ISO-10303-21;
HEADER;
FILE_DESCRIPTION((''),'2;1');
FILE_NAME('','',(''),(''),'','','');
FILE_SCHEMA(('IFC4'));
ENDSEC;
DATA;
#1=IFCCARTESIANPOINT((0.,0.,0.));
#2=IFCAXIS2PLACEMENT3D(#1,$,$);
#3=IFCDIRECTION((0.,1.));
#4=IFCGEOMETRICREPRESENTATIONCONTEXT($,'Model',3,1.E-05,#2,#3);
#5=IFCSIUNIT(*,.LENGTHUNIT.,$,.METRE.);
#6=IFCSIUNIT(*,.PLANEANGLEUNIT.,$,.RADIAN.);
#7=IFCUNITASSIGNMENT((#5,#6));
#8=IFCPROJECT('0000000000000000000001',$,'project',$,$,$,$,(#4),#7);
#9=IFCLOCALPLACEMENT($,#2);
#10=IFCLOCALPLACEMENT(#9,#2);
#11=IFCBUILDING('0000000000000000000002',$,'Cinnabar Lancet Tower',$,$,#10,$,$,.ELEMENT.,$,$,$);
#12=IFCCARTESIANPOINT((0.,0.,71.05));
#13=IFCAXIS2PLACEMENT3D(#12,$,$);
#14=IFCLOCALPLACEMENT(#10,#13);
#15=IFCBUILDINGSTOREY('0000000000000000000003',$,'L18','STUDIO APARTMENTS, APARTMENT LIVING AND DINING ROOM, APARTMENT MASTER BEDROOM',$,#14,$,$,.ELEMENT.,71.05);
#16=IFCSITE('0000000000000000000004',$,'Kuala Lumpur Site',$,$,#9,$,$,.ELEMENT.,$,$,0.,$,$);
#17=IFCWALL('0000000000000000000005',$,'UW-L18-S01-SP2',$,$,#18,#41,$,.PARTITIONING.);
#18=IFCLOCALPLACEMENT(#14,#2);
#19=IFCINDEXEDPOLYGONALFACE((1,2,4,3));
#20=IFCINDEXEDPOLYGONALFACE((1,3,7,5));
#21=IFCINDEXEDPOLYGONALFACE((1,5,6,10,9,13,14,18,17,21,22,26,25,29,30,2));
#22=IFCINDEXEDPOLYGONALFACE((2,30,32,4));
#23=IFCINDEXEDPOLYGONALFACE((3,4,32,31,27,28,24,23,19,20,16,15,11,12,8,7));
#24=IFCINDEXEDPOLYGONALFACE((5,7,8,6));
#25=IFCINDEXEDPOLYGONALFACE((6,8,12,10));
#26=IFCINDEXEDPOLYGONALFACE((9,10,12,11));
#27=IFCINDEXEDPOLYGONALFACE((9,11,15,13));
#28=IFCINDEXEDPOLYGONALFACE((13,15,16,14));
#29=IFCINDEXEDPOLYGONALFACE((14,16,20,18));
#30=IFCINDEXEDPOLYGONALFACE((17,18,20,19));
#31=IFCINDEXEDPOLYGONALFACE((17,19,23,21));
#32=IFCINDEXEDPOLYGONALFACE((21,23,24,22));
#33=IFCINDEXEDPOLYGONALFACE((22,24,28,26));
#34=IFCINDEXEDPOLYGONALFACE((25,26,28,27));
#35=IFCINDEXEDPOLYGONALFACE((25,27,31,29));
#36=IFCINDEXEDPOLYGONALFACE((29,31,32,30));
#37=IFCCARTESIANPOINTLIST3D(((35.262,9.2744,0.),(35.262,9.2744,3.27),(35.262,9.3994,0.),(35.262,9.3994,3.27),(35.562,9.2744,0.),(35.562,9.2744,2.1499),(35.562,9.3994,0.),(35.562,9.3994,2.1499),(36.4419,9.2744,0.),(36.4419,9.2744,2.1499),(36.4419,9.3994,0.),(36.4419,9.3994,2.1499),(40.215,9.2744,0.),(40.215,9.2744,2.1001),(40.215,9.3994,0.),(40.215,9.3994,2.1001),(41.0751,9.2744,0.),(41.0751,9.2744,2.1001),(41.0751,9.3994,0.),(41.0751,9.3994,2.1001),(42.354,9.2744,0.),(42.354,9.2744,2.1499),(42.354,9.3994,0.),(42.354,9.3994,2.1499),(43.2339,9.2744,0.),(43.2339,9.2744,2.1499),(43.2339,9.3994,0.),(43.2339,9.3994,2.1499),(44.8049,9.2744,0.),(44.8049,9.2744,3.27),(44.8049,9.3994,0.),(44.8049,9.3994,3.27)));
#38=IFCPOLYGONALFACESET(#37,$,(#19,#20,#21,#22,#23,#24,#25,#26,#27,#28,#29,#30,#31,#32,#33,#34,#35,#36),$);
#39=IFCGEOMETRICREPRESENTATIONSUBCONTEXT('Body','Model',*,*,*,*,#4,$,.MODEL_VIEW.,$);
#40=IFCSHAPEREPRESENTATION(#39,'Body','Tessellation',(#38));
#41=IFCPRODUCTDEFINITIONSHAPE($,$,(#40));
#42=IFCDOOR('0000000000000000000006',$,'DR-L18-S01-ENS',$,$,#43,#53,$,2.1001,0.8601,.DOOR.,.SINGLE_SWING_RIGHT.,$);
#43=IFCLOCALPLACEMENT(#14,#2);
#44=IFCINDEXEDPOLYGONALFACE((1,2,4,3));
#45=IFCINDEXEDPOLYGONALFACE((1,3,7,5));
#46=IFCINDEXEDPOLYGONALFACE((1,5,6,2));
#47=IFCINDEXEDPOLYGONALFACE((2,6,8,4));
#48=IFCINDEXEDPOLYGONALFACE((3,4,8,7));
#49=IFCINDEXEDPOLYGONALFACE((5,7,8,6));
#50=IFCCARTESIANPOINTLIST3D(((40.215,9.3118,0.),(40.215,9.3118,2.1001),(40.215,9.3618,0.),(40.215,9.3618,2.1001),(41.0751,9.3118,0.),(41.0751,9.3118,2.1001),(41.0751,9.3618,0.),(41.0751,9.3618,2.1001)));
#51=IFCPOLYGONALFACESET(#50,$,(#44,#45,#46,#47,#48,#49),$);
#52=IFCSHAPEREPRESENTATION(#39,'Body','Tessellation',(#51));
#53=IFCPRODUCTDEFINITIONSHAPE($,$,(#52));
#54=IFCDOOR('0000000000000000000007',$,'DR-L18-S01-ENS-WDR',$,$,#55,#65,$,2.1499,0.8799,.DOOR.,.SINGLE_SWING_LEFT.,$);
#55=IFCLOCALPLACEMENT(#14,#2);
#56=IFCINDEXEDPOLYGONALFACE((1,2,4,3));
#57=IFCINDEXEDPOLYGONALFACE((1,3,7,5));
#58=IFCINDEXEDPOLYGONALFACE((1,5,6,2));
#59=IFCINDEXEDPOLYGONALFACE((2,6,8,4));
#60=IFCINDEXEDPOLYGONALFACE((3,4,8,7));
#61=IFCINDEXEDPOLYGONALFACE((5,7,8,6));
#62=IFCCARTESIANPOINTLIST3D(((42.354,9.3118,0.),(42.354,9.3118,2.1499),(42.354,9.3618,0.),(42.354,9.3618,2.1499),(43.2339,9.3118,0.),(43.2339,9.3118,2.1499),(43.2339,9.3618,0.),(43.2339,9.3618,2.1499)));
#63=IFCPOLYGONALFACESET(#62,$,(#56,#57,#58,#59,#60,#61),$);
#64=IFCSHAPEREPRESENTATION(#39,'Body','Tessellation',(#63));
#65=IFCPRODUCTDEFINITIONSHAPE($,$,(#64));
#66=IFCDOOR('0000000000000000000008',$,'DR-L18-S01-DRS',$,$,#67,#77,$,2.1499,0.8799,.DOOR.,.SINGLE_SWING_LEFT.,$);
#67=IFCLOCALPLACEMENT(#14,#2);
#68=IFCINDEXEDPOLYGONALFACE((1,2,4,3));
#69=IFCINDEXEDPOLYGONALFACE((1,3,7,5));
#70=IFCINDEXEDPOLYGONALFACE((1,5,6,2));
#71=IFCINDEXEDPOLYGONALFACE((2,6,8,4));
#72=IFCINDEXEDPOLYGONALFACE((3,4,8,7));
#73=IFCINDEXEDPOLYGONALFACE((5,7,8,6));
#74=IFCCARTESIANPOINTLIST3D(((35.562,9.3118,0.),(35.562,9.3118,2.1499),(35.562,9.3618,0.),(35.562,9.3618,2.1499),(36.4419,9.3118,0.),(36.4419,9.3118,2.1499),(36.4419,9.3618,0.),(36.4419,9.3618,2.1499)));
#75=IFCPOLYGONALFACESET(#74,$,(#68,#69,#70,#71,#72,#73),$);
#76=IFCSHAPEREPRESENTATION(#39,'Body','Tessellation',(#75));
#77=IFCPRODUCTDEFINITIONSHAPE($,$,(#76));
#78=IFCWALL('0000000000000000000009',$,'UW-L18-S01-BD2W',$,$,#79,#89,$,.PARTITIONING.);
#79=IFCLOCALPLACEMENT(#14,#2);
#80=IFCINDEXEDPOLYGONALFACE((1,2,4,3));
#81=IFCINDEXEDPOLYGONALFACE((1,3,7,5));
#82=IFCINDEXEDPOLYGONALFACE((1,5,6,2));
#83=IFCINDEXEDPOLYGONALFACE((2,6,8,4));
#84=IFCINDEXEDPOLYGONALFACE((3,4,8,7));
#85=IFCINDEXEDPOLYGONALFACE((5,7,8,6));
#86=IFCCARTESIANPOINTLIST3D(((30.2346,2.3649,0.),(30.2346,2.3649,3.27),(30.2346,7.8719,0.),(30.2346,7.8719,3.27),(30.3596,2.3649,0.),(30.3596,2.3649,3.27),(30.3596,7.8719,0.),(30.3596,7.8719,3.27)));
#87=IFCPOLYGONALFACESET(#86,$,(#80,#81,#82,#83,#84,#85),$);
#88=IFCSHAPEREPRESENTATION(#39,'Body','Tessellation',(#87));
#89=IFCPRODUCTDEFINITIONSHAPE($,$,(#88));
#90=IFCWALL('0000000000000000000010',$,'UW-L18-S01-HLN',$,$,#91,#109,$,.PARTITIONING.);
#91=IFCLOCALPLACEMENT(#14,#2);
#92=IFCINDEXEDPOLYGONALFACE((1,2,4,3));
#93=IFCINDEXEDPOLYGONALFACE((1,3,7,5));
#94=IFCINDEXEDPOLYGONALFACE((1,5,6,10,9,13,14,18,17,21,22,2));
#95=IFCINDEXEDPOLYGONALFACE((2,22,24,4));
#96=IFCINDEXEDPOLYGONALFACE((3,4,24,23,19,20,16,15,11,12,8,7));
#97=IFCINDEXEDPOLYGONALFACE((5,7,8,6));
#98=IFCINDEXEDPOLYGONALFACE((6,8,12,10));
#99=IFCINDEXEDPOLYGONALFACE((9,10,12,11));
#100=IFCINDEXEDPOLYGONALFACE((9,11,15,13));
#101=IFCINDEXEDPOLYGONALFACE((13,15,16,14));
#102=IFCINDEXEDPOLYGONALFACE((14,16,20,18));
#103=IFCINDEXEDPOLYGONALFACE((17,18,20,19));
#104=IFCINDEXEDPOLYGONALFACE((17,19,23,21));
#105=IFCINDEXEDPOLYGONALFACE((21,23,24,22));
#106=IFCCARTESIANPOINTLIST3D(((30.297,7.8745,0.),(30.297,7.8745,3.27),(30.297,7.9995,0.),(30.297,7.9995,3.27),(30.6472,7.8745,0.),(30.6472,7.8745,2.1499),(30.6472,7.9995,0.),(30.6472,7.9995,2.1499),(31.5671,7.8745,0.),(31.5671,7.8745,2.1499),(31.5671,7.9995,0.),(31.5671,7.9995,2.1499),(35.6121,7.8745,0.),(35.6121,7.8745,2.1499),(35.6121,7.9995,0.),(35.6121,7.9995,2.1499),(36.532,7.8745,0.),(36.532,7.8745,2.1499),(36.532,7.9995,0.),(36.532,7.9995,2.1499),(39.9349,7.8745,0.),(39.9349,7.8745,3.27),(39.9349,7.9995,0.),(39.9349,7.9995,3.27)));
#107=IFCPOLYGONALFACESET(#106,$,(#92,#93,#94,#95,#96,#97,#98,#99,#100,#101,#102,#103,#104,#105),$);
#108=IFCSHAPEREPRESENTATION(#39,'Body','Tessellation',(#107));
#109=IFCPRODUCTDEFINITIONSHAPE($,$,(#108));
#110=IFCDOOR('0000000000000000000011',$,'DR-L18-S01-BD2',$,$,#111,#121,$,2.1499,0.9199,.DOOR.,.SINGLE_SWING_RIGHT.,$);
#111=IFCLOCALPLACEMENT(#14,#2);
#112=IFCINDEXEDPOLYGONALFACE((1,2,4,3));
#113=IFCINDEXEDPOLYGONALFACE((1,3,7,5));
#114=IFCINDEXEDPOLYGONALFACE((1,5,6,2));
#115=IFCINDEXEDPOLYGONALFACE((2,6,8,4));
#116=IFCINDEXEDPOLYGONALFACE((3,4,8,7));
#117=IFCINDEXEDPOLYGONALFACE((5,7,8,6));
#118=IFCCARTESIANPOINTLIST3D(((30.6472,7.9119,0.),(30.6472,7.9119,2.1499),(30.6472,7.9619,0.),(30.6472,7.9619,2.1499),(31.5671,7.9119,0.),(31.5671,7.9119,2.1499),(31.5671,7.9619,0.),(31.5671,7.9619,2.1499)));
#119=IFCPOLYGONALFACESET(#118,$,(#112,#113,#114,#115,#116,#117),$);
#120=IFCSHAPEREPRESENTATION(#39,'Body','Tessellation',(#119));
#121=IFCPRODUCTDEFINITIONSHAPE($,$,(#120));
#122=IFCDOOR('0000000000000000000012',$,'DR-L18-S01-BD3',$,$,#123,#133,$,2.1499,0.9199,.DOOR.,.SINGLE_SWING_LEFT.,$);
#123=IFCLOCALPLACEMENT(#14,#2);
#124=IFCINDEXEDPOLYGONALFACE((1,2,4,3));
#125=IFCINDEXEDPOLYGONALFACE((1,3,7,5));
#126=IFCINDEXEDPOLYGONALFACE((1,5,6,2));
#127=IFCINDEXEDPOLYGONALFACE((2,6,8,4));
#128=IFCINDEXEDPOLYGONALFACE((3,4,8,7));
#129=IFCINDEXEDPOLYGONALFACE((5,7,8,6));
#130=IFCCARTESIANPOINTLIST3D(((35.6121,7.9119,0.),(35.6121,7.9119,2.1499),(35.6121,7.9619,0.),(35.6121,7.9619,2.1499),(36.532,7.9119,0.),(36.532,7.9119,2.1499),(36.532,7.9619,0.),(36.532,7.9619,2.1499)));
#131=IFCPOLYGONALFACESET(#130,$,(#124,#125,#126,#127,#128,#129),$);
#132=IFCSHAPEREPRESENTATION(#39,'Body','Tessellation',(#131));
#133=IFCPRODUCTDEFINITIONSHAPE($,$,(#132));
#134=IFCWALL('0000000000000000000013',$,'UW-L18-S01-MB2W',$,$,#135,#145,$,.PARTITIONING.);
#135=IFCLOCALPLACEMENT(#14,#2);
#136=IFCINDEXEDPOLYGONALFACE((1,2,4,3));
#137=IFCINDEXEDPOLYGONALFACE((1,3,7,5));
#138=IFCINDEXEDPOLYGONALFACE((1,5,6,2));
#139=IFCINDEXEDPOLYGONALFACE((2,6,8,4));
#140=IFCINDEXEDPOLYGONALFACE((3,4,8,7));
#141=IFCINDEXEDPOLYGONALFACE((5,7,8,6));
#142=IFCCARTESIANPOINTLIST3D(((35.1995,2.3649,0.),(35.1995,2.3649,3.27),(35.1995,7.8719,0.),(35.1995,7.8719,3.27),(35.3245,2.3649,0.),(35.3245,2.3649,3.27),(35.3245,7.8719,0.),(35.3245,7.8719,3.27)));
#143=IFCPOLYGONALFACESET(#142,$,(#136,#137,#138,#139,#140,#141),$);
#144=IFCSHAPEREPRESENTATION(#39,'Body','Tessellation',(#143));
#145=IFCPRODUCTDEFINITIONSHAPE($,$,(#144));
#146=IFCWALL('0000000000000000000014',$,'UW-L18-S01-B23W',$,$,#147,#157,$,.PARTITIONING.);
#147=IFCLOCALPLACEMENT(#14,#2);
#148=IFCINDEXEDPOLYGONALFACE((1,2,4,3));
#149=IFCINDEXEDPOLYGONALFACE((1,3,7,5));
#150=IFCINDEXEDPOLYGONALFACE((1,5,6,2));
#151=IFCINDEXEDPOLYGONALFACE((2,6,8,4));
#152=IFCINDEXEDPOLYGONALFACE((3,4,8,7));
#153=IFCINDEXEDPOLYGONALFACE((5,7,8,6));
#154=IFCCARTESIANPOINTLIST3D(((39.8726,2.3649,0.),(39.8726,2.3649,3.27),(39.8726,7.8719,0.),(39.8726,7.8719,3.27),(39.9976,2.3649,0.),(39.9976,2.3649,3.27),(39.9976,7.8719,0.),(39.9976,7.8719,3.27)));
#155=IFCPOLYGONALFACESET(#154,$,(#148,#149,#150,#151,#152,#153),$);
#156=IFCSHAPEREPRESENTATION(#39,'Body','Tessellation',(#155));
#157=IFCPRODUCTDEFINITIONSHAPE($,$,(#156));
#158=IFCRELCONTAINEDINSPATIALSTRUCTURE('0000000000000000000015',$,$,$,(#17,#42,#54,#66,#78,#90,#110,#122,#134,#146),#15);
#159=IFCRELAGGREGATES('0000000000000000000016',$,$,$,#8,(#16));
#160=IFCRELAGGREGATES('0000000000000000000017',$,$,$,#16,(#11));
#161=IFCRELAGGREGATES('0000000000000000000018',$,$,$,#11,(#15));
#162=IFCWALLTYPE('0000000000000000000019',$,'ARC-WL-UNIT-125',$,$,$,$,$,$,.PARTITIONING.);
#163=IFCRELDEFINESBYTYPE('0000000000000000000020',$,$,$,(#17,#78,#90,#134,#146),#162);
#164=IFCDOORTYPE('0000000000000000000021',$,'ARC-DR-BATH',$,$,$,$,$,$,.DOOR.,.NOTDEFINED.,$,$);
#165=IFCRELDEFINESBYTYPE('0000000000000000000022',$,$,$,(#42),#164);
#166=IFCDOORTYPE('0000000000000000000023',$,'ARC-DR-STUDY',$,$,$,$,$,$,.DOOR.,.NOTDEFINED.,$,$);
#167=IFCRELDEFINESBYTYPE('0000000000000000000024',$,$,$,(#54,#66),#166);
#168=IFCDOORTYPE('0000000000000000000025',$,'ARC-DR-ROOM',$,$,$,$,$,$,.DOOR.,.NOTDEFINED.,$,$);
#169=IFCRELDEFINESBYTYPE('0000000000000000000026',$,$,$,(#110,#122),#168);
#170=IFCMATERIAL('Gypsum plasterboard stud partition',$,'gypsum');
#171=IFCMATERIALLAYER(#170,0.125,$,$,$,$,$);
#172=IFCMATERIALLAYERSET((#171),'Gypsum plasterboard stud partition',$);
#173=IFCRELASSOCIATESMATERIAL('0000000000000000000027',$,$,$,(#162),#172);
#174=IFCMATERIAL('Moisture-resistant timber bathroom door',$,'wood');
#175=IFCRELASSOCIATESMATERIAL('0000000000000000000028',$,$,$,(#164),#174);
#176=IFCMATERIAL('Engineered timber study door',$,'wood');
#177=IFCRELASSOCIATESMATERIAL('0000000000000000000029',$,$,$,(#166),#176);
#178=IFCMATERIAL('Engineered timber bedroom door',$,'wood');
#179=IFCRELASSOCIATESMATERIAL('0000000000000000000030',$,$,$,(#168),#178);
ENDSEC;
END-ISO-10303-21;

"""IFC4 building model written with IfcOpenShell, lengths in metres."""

from ifc_helpers import new_model, si_unit, direction, frame, frame_2d, origin, place, context, subcontext, project, spatial, rectangle, extrude, material, layer, layer_set, type_object, element, fill, save


model = new_model("IFC4")

# Units and contexts
model_context = context("Model", 3, precision=1e-05, world=origin(), true_north=direction((0.0, 1.0)))
body_context = subcontext(model_context, "Body", "Model", "MODEL_VIEW")
ifc_project = project(units=[si_unit("LENGTHUNIT", "METRE"), si_unit("PLANEANGLEUNIT", "RADIAN")], contexts=[model_context])

# Site, building, storey
site_placement = place(None, origin())
site = spatial("IfcSite", under=ifc_project, at=site_placement, Name="Kuala Lumpur Site", CompositionType="ELEMENT", RefElevation=0.0)
building_placement = place(site_placement, origin())
building = spatial("IfcBuilding", under=site, at=building_placement, Name="Cinnabar Lancet Tower", CompositionType="ELEMENT")
storey_placement = place(building_placement, frame((0.0, 0.0, 71.05)))
storey = spatial("IfcBuildingStorey", under=building, at=storey_placement, Name="L18", Description="STUDIO APARTMENTS, APARTMENT LIVING AND DINING ROOM, APARTMENT MASTER BEDROOM", CompositionType="ELEMENT", Elevation=71.05)

# Wall, openings, doors
ifc_material_1 = material(Name="Gypsum plasterboard stud partition", Category="gypsum")
ifc_layer_1 = layer(ifc_material_1, 0.125)
ifc_layer_set_1 = layer_set([ifc_layer_1], Name="Gypsum plasterboard stud partition")
wall_type_1 = type_object("IfcWallType", Name="ARC-WL-UNIT-125", PredefinedType="PARTITIONING", material=ifc_layer_set_1)
wall_1_placement = place(storey_placement, frame((35.262, 9.3369, 0.0), z_axis=(0.0, 0.0, 1.0), x_axis=(1.0, 0.0, 0.0)))
wall_1 = element("IfcWall", 1, at=wall_1_placement, inside=storey, type_object=wall_type_1, Name="UW-L18-S01-SP2", PredefinedType="PARTITIONING", context=body_context, shape_type="SweptSolid", body=[
    extrude(rectangle(XDim=9.543, YDim=0.125, at=frame_2d((4.7715, 0.0))), origin(), (0.0, 0.0, 1.0), 3.27),
])
opening_1_placement = place(wall_1_placement, frame((4.9529, 0.0, 0.0)))
opening_1 = element("IfcOpeningElement", 2, at=opening_1_placement, cuts=wall_1, PredefinedType="OPENING", context=body_context, shape_type="SweptSolid", body=[
    extrude(rectangle(XDim=0.8601, YDim=2.1001, at=frame_2d((0.4302, 1.05))), frame((0.0, 0.0725, 0.0), z_axis=(0.0, -1.0, 0.0), x_axis=(1.0, 0.0, 0.0)), (0.0, 0.0, 1.0), 0.145),
])
opening_2_placement = place(wall_1_placement, frame((7.092, 0.0, 0.0)))
opening_2 = element("IfcOpeningElement", 3, at=opening_2_placement, cuts=wall_1, PredefinedType="OPENING", context=body_context, shape_type="SweptSolid", body=[
    extrude(rectangle(XDim=0.8799, YDim=2.1499, at=frame_2d((0.4399, 1.075))), frame((0.0, 0.0725, 0.0), z_axis=(0.0, -1.0, 0.0), x_axis=(1.0, 0.0, 0.0)), (0.0, 0.0, 1.0), 0.145),
])
opening_3_placement = place(wall_1_placement, frame((0.3, 0.0, 0.0)))
opening_3 = element("IfcOpeningElement", 4, at=opening_3_placement, cuts=wall_1, PredefinedType="OPENING", context=body_context, shape_type="SweptSolid", body=[
    extrude(rectangle(XDim=0.8799, YDim=2.1499, at=frame_2d((0.4399, 1.075))), frame((0.0, 0.0725, 0.0), z_axis=(0.0, -1.0, 0.0), x_axis=(1.0, 0.0, 0.0)), (0.0, 0.0, 1.0), 0.145),
])
ifc_material_2 = material(Name="Moisture-resistant timber bathroom door", Category="wood")
door_type_1 = type_object("IfcDoorType", Name="ARC-DR-BATH", OperationType="NOTDEFINED", PredefinedType="DOOR", material=ifc_material_2)
door_1_placement = place(opening_1_placement, origin())
door_1 = element("IfcDoor", 5, at=door_1_placement, inside=storey, type_object=door_type_1, Name="DR-L18-S01-ENS", OperationType="SINGLE_SWING_RIGHT", OverallHeight=2.1001, OverallWidth=0.8601, PredefinedType="DOOR", context=body_context, shape_type="SweptSolid", body=[
    extrude(rectangle(XDim=0.8601, YDim=2.1001, at=frame_2d((0.4302, 1.05))), frame((0.0, 0.0249, 0.0), z_axis=(0.0, -1.0, 0.0), x_axis=(1.0, 0.0, 0.0)), (0.0, 0.0, 1.0), 0.05),
])
fill(opening_1, door_1)
ifc_material_3 = material(Name="Engineered timber study door", Category="wood")
door_type_2 = type_object("IfcDoorType", Name="ARC-DR-STUDY", OperationType="NOTDEFINED", PredefinedType="DOOR", material=ifc_material_3)
door_2_placement = place(opening_2_placement, origin())
door_2 = element("IfcDoor", 6, at=door_2_placement, inside=storey, type_object=door_type_2, Name="DR-L18-S01-ENS-WDR", OperationType="SINGLE_SWING_LEFT", OverallHeight=2.1499, OverallWidth=0.8799, PredefinedType="DOOR", context=body_context, shape_type="SweptSolid", body=[
    extrude(rectangle(XDim=0.8799, YDim=2.1499, at=frame_2d((0.4399, 1.075))), frame((0.0, 0.0249, 0.0), z_axis=(0.0, -1.0, 0.0), x_axis=(1.0, 0.0, 0.0)), (0.0, 0.0, 1.0), 0.05),
])
fill(opening_2, door_2)
door_3_placement = place(opening_3_placement, origin())
door_3 = element("IfcDoor", 7, at=door_3_placement, inside=storey, type_object=door_type_2, Name="DR-L18-S01-DRS", OperationType="SINGLE_SWING_LEFT", OverallHeight=2.1499, OverallWidth=0.8799, PredefinedType="DOOR", context=body_context, shape_type="SweptSolid", body=[
    extrude(rectangle(XDim=0.8799, YDim=2.1499, at=frame_2d((0.4399, 1.075))), frame((0.0, 0.0249, 0.0), z_axis=(0.0, -1.0, 0.0), x_axis=(1.0, 0.0, 0.0)), (0.0, 0.0, 1.0), 0.05),
])
fill(opening_3, door_3)

# Wall
wall_2_placement = place(storey_placement, frame((30.2971, 2.365, 0.0), z_axis=(0.0, 0.0, 1.0), x_axis=(0.0, 1.0, 0.0)))
element("IfcWall", 8, at=wall_2_placement, inside=storey, type_object=wall_type_1, Name="UW-L18-S01-BD2W", PredefinedType="PARTITIONING", context=body_context, shape_type="SweptSolid", body=[
    extrude(rectangle(XDim=5.5071, YDim=0.125, at=frame_2d((2.7534, 0.0))), origin(), (0.0, 0.0, 1.0), 3.27),
])

# Wall, openings, doors
wall_3_placement = place(storey_placement, frame((30.2971, 7.937, 0.0), z_axis=(0.0, 0.0, 1.0), x_axis=(1.0, 0.0, 0.0)))
wall_3 = element("IfcWall", 9, at=wall_3_placement, inside=storey, type_object=wall_type_1, Name="UW-L18-S01-HLN", PredefinedType="PARTITIONING", context=body_context, shape_type="SweptSolid", body=[
    extrude(rectangle(XDim=9.6379, YDim=0.125, at=frame_2d((4.8188, 0.0))), origin(), (0.0, 0.0, 1.0), 3.27),
])
opening_4_placement = place(wall_3_placement, frame((0.3501, 0.0, 0.0)))
opening_4 = element("IfcOpeningElement", 10, at=opening_4_placement, cuts=wall_3, PredefinedType="OPENING", context=body_context, shape_type="SweptSolid", body=[
    extrude(rectangle(XDim=0.9199, YDim=2.1499, at=frame_2d((0.46, 1.075))), frame((0.0, 0.0725, 0.0), z_axis=(0.0, -1.0, 0.0), x_axis=(1.0, 0.0, 0.0)), (0.0, 0.0, 1.0), 0.145),
])
opening_5_placement = place(wall_3_placement, frame((5.3149, 0.0, 0.0)))
opening_5 = element("IfcOpeningElement", 11, at=opening_5_placement, cuts=wall_3, PredefinedType="OPENING", context=body_context, shape_type="SweptSolid", body=[
    extrude(rectangle(XDim=0.9199, YDim=2.1499, at=frame_2d((0.46, 1.075))), frame((0.0, 0.0725, 0.0), z_axis=(0.0, -1.0, 0.0), x_axis=(1.0, 0.0, 0.0)), (0.0, 0.0, 1.0), 0.145),
])
ifc_material_4 = material(Name="Engineered timber bedroom door", Category="wood")
door_type_3 = type_object("IfcDoorType", Name="ARC-DR-ROOM", OperationType="NOTDEFINED", PredefinedType="DOOR", material=ifc_material_4)
door_4_placement = place(opening_4_placement, origin())
door_4 = element("IfcDoor", 12, at=door_4_placement, inside=storey, type_object=door_type_3, Name="DR-L18-S01-BD2", OperationType="SINGLE_SWING_RIGHT", OverallHeight=2.1499, OverallWidth=0.9199, PredefinedType="DOOR", context=body_context, shape_type="SweptSolid", body=[
    extrude(rectangle(XDim=0.9199, YDim=2.1499, at=frame_2d((0.46, 1.075))), frame((0.0, 0.0249, 0.0), z_axis=(0.0, -1.0, 0.0), x_axis=(1.0, 0.0, 0.0)), (0.0, 0.0, 1.0), 0.05),
])
fill(opening_4, door_4)
door_5_placement = place(opening_5_placement, origin())
door_5 = element("IfcDoor", 13, at=door_5_placement, inside=storey, type_object=door_type_3, Name="DR-L18-S01-BD3", OperationType="SINGLE_SWING_LEFT", OverallHeight=2.1499, OverallWidth=0.9199, PredefinedType="DOOR", context=body_context, shape_type="SweptSolid", body=[
    extrude(rectangle(XDim=0.9199, YDim=2.1499, at=frame_2d((0.46, 1.075))), frame((0.0, 0.0249, 0.0), z_axis=(0.0, -1.0, 0.0), x_axis=(1.0, 0.0, 0.0)), (0.0, 0.0, 1.0), 0.05),
])
fill(opening_5, door_5)

# Walls
for number, where, z_axis, x_axis, name in (
    (14, (35.262, 2.365, 0.0), (0.0, 0.0, 1.0), (0.0, 1.0, 0.0), "UW-L18-S01-MB2W"),
    (15, (39.9351, 2.365, 0.0), (0.0, 0.0, 1.0), (0.0, 1.0, 0.0), "UW-L18-S01-B23W"),
):
    element("IfcWall", number, at=place(storey_placement, frame(where, z_axis=z_axis, x_axis=x_axis)), inside=storey, type_object=wall_type_1, Name=name, PredefinedType="PARTITIONING", context=body_context, shape_type="SweptSolid", body=[
        extrude(rectangle(XDim=5.5071, YDim=0.125, at=frame_2d((2.7534, 0.0))), origin(), (0.0, 0.0, 1.0), 3.27),
    ])

save(model, "model.ifc")
